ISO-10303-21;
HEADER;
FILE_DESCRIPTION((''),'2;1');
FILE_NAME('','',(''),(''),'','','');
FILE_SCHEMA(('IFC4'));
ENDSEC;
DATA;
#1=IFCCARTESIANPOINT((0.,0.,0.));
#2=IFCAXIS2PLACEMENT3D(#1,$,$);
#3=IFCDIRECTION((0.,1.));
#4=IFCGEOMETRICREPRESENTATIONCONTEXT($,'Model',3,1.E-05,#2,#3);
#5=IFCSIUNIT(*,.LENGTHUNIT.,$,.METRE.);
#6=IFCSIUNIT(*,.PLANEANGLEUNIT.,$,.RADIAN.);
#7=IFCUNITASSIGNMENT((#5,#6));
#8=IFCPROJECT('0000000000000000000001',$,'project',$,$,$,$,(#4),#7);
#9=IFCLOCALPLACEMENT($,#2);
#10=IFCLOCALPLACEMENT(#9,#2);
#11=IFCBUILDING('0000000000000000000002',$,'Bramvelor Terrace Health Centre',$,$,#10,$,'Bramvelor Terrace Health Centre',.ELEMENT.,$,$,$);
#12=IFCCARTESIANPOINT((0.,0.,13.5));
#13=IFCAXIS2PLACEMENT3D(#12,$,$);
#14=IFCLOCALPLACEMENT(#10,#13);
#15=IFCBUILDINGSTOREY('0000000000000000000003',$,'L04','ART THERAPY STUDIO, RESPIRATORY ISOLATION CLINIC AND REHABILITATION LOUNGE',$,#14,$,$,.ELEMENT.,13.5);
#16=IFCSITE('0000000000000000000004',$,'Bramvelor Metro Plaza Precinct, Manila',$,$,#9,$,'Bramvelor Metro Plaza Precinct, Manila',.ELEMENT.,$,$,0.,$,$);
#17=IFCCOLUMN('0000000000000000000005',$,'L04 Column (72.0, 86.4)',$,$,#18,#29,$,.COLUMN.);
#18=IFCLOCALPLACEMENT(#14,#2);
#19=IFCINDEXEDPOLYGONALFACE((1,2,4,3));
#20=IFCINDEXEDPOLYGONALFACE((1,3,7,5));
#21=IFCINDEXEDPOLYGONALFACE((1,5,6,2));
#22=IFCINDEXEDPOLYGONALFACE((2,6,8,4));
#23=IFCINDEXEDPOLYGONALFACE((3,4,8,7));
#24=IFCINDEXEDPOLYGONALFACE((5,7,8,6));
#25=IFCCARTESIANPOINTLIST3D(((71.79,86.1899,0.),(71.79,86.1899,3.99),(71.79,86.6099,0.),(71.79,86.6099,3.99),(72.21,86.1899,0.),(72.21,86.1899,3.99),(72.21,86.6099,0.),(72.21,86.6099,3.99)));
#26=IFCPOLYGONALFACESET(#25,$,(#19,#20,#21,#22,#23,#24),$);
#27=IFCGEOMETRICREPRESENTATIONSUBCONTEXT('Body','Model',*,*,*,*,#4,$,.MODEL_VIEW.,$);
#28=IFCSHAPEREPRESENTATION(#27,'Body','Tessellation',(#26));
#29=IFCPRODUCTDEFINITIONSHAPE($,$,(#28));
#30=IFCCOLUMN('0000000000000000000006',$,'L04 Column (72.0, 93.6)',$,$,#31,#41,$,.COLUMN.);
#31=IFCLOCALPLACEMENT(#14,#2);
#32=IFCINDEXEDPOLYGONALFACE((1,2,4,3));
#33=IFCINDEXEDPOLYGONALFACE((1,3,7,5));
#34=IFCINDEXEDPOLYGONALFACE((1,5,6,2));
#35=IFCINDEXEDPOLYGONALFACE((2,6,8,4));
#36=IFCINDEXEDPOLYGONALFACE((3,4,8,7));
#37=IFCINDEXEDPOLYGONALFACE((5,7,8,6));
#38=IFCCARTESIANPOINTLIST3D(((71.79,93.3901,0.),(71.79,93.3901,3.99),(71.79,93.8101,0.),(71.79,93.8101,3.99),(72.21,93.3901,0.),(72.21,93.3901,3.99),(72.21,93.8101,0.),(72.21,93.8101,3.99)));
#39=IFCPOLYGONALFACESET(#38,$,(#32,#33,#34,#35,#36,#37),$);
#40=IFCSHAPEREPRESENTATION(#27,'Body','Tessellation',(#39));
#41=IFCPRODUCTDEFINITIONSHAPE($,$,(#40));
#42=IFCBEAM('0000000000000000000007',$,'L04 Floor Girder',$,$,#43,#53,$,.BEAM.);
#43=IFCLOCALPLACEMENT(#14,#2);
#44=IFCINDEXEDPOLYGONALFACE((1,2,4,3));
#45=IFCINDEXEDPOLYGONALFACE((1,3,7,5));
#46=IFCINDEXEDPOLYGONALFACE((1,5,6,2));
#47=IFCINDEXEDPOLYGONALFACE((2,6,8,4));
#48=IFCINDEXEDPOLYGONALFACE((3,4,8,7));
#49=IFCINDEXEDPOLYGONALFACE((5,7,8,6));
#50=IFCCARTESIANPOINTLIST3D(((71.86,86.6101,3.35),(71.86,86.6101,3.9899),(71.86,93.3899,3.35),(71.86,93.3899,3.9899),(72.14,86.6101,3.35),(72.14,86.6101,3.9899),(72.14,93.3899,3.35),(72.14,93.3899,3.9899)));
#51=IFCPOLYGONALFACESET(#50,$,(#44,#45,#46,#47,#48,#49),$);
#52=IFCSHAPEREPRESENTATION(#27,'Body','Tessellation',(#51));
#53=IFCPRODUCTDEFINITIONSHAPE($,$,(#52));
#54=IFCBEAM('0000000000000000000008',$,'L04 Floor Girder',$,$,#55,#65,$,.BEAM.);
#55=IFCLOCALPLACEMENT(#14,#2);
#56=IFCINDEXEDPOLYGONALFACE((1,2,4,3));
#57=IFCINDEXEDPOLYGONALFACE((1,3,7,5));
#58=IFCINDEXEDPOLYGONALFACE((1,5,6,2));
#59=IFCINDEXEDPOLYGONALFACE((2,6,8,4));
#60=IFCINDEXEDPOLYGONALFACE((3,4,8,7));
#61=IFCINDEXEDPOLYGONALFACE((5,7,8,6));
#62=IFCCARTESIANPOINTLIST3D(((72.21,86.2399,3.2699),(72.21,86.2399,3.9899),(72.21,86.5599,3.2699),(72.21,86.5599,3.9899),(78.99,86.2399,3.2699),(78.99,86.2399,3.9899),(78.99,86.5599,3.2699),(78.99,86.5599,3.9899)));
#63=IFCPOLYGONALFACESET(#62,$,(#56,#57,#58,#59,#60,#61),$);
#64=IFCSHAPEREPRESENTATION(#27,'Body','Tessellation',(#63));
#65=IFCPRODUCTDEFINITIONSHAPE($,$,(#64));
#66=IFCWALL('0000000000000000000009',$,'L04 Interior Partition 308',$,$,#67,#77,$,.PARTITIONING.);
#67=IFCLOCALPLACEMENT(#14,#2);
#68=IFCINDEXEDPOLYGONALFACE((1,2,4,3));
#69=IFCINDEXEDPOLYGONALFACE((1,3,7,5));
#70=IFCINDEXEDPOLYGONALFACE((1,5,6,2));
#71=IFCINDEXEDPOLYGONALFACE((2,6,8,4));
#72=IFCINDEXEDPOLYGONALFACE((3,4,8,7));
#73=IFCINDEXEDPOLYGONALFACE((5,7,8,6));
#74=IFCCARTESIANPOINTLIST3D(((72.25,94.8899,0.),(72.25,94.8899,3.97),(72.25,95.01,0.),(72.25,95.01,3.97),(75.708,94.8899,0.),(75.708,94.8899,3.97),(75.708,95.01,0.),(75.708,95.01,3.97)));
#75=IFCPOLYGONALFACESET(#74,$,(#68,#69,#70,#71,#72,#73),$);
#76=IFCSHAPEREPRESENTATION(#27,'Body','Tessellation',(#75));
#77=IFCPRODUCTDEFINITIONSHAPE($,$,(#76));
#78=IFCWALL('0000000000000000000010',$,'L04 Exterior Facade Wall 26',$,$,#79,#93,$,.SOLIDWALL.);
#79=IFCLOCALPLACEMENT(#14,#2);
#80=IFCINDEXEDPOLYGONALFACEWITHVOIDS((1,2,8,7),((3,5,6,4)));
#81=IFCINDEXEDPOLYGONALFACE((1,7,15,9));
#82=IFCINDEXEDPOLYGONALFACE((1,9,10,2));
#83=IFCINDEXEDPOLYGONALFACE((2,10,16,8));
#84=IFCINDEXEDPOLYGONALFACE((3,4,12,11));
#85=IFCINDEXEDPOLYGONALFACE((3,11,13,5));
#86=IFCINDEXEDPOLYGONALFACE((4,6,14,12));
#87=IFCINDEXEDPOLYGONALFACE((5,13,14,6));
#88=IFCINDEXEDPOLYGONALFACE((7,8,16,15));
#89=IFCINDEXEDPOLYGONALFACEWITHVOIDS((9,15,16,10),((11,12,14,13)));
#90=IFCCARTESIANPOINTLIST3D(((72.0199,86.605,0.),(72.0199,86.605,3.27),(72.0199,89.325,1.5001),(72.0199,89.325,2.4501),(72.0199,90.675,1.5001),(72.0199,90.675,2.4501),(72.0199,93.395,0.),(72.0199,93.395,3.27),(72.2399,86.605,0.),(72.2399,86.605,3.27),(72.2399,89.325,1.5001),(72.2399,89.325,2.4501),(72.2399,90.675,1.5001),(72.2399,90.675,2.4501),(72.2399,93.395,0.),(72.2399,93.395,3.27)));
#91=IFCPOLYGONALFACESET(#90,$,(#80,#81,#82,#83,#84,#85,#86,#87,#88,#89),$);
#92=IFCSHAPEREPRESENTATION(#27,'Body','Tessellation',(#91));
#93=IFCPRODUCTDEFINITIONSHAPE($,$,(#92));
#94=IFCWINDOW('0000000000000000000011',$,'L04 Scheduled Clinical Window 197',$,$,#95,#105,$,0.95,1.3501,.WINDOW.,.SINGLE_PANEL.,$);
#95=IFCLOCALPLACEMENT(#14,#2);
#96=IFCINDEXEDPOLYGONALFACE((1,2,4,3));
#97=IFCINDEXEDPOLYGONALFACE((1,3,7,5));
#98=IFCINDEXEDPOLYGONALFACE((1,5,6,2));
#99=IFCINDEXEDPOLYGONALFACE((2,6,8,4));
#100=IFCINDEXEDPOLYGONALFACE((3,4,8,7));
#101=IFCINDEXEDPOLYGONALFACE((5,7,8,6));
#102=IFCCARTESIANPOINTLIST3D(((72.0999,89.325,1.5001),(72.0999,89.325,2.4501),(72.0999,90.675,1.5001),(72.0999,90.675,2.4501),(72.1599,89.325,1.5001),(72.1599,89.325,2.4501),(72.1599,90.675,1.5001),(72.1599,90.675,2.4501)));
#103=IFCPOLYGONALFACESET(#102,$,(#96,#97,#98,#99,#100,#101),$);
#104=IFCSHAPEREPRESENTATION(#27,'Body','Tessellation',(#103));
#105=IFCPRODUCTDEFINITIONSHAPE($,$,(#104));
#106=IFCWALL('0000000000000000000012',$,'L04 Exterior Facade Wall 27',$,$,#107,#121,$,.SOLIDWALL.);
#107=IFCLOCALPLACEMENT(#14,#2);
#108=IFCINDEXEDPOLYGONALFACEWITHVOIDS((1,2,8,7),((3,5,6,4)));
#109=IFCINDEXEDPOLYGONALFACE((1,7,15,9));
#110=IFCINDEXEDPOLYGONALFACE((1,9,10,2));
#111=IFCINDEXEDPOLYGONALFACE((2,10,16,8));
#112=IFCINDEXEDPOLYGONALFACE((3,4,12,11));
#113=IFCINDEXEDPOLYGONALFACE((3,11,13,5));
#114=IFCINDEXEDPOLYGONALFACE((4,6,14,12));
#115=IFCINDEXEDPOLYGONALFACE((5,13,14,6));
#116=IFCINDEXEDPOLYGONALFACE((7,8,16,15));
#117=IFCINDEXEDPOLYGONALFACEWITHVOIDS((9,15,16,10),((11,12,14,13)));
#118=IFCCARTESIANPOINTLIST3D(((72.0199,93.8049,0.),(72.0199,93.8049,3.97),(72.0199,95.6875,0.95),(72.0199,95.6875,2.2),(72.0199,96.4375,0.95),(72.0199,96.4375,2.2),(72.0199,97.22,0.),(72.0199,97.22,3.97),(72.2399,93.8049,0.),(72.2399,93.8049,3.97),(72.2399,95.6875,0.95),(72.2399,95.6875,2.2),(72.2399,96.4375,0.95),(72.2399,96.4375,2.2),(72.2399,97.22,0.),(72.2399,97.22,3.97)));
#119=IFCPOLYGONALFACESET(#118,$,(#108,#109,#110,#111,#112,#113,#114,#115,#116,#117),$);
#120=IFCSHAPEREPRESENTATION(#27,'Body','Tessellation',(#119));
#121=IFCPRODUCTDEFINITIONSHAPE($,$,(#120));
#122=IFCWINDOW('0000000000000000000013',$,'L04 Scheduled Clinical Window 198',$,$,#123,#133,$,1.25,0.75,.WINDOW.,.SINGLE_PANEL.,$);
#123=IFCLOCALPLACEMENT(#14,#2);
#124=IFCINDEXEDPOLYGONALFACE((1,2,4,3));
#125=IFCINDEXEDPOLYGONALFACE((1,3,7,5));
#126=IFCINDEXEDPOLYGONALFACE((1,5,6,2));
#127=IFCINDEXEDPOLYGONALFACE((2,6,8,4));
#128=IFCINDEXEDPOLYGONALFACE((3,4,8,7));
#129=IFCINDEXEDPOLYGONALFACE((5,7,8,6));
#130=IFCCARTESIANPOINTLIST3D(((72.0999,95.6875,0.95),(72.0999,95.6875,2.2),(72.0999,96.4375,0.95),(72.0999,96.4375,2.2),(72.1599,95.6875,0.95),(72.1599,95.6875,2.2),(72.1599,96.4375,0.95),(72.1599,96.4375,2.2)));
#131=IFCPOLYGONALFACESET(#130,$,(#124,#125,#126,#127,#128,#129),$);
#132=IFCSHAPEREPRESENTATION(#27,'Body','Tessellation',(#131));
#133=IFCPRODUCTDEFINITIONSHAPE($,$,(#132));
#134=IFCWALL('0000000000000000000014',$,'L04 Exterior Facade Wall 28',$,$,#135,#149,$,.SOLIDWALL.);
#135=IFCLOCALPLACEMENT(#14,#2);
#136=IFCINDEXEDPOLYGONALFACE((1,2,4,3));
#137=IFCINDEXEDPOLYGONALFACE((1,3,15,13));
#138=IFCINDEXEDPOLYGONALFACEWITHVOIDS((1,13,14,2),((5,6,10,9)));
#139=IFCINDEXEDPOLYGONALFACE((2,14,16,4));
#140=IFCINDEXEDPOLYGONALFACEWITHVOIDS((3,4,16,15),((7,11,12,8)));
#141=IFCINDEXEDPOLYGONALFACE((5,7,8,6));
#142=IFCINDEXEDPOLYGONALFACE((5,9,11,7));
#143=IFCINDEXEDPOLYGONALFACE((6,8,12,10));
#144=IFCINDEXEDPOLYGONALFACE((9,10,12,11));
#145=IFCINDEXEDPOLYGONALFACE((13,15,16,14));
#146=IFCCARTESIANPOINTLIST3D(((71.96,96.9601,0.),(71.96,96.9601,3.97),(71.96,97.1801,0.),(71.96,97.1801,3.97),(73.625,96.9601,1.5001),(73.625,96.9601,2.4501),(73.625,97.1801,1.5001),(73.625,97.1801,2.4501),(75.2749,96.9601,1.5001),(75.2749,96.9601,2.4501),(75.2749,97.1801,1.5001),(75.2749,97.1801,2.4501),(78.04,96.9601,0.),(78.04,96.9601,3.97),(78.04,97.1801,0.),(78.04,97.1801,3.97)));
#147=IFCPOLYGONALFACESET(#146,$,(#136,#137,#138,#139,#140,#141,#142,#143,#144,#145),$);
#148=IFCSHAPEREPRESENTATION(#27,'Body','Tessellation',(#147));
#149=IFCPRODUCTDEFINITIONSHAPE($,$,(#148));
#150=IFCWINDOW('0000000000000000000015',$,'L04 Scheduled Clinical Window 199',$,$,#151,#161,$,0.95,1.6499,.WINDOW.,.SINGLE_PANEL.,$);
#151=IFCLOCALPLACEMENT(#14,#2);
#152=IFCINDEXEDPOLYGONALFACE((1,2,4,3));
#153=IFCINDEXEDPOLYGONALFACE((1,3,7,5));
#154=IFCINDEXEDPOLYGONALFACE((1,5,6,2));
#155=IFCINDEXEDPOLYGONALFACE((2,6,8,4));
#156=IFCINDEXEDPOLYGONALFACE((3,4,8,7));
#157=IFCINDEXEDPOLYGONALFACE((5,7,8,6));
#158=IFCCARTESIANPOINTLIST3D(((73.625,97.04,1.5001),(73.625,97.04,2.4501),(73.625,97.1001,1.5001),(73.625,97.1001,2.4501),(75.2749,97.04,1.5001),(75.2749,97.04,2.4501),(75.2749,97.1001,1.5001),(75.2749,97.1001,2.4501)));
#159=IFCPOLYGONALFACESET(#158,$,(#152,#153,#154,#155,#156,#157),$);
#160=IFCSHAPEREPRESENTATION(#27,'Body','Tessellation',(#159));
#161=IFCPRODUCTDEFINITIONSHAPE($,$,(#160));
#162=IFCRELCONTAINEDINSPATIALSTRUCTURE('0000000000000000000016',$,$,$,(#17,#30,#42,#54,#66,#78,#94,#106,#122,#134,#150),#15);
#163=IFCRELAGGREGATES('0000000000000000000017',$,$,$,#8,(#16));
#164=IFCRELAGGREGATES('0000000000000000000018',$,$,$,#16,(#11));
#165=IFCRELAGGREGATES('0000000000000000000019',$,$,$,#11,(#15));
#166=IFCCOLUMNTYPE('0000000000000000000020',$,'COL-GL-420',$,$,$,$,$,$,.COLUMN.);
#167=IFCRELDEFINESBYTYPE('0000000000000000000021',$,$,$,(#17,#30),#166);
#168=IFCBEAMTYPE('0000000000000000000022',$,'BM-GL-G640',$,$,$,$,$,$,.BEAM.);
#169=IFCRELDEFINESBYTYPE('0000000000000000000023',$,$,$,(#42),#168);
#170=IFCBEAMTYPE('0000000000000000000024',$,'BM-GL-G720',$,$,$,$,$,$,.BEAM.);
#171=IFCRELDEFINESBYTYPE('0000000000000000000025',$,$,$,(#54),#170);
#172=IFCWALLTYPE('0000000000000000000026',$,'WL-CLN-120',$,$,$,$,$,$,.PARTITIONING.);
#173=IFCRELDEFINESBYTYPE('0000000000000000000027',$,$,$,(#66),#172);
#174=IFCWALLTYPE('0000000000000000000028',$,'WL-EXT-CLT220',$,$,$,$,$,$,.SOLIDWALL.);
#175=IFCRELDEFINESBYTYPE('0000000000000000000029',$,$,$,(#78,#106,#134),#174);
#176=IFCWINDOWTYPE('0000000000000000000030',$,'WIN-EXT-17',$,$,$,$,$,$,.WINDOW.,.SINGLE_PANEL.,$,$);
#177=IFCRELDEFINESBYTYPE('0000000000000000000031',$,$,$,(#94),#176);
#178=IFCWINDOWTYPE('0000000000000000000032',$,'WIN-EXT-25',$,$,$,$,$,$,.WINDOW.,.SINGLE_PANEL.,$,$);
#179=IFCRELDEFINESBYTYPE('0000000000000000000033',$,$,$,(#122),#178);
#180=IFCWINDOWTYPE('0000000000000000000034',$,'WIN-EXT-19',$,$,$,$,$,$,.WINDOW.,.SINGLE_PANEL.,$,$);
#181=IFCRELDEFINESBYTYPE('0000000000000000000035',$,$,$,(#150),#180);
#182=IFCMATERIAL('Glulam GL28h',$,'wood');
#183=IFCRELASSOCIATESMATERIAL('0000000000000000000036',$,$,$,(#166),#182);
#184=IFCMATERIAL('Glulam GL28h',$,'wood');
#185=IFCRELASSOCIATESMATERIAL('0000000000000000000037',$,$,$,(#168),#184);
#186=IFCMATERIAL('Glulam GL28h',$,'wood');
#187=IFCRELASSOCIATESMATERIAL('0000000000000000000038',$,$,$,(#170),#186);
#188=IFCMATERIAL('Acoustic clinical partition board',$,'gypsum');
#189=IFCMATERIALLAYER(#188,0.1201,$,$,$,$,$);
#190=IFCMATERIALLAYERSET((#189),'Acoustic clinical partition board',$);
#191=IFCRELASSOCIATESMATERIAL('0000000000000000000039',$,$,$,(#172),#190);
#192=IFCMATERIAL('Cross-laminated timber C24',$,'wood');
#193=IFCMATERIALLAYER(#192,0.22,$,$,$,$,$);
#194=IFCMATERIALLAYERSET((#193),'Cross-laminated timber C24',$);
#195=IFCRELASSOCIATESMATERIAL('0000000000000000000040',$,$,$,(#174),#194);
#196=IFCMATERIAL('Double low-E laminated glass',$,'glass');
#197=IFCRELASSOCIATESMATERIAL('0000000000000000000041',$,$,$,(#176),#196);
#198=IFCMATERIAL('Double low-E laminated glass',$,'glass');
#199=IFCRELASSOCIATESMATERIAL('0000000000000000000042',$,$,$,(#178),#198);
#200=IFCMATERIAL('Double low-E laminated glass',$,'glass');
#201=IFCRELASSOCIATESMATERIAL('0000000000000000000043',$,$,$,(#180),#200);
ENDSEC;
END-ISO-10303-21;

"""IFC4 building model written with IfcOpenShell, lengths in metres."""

from ifc_helpers import new_model, si_unit, direction, frame, frame_2d, origin, origin_2d, place, context, subcontext, project, spatial, rectangle, extrude, material, layer, layer_set, material_profile, profile_set, type_object, element, fill, save


model = new_model("IFC4")

# Units and contexts
model_context = context("Model", 3, precision=1e-05, world=origin(), true_north=direction((0.0, 1.0)))
body_context = subcontext(model_context, "Body", "Model", "MODEL_VIEW")
ifc_project = project(units=[si_unit("LENGTHUNIT", "METRE"), si_unit("PLANEANGLEUNIT", "RADIAN")], contexts=[model_context])

# Site, building, storey
site_placement = place(None, origin())
site = spatial("IfcSite", under=ifc_project, at=site_placement, Name="Bramvelor Metro Plaza Precinct, Manila", LongName="Bramvelor Metro Plaza Precinct, Manila", CompositionType="ELEMENT", RefElevation=0.0)
building_placement = place(site_placement, origin())
building = spatial("IfcBuilding", under=site, at=building_placement, Name="Bramvelor Terrace Health Centre", LongName="Bramvelor Terrace Health Centre", CompositionType="ELEMENT")
storey_placement = place(building_placement, frame((0.0, 0.0, 13.5)))
storey = spatial("IfcBuildingStorey", under=building, at=storey_placement, Name="L04", Description="ART THERAPY STUDIO, RESPIRATORY ISOLATION CLINIC AND REHABILITATION LOUNGE", CompositionType="ELEMENT", Elevation=13.5)

# Columns
ifc_material_1 = material(Name="Glulam GL28h", Category="wood")
ifc_material_profile_1 = material_profile(ifc_material_1, rectangle(XDim=0.4199, YDim=0.4199, at=origin_2d()), Name="GL 420x420")
ifc_profile_set_1 = profile_set([ifc_material_profile_1], Name="Glulam GL28h")
column_type = type_object("IfcColumnType", Name="COL-GL-420", PredefinedType="COLUMN", material=ifc_profile_set_1)
for number, where, z_axis, x_axis, name in (
    (1, (72.0, 86.3999, 0.0), (0.0, 0.0, 1.0), (1.0, 0.0, 0.0), "L04 Column (72.0, 86.4)"),
    (2, (72.0, 93.6001, 0.0), (0.0, 0.0, 1.0), (1.0, 0.0, 0.0), "L04 Column (72.0, 93.6)"),
):
    element("IfcColumn", number, at=place(storey_placement, frame(where, z_axis=z_axis, x_axis=x_axis)), inside=storey, type_object=column_type, Name=name, PredefinedType="COLUMN", context=body_context, shape_type="SweptSolid", body=[
        extrude(rectangle(XDim=0.4199, YDim=0.4199, at=origin_2d()), origin(), (0.0, 0.0, 1.0), 3.99),
    ])

# Beams
ifc_material_2 = material(Name="Glulam GL28h", Category="wood")
ifc_material_profile_2 = material_profile(ifc_material_2, rectangle(XDim=0.28, YDim=0.6399, at=origin_2d()), Name="GL 280x640")
ifc_profile_set_2 = profile_set([ifc_material_profile_2], Name="Glulam GL28h")
beam_type_1 = type_object("IfcBeamType", Name="BM-GL-G640", PredefinedType="BEAM", material=ifc_profile_set_2)
beam_1_placement = place(storey_placement, frame((72.0, 86.6101, 3.6699), z_axis=(0.0, 1.0, 0.0), x_axis=(-1.0, 0.0, 0.0)))
element("IfcBeam", 3, at=beam_1_placement, inside=storey, type_object=beam_type_1, Name="L04 Floor Girder", PredefinedType="BEAM", context=body_context, shape_type="SweptSolid", body=[
    extrude(rectangle(XDim=0.28, YDim=0.6399, at=origin_2d()), origin(), (0.0, 0.0, 1.0), 6.7798),
])
ifc_material_3 = material(Name="Glulam GL28h", Category="wood")
ifc_material_profile_3 = material_profile(ifc_material_3, rectangle(XDim=0.3201, YDim=0.72, at=origin_2d()), Name="GL 320x720")
ifc_profile_set_3 = profile_set([ifc_material_profile_3], Name="Glulam GL28h")
beam_type_2 = type_object("IfcBeamType", Name="BM-GL-G720", PredefinedType="BEAM", material=ifc_profile_set_3)
beam_2_placement = place(storey_placement, frame((72.21, 86.3999, 3.6299), z_axis=(1.0, 0.0, 0.0), x_axis=(0.0, 1.0, 0.0)))
element("IfcBeam", 4, at=beam_2_placement, inside=storey, type_object=beam_type_2, Name="L04 Floor Girder", PredefinedType="BEAM", context=body_context, shape_type="SweptSolid", body=[
    extrude(rectangle(XDim=0.3201, YDim=0.72, at=origin_2d()), origin(), (0.0, 0.0, 1.0), 6.78),
])

# Wall
ifc_material_4 = material(Name="Acoustic clinical partition board", Category="gypsum")
ifc_layer_1 = layer(ifc_material_4, 0.1201)
ifc_layer_set_1 = layer_set([ifc_layer_1], Name="Acoustic clinical partition board")
wall_type_1 = type_object("IfcWallType", Name="WL-CLN-120", PredefinedType="PARTITIONING", material=ifc_layer_set_1)
wall_1_placement = place(storey_placement, frame((72.25, 94.95, 0.0), z_axis=(0.0, 0.0, 1.0), x_axis=(1.0, 0.0, 0.0)))
element("IfcWall", 5, at=wall_1_placement, inside=storey, type_object=wall_type_1, Name="L04 Interior Partition 308", PredefinedType="PARTITIONING", context=body_context, shape_type="SweptSolid", body=[
    extrude(rectangle(XDim=3.458, YDim=0.1201, at=frame_2d((1.729, 0.0))), origin(), (0.0, 0.0, 1.0), 3.97),
])

# Walls, openings, windows
ifc_material_5 = material(Name="Cross-laminated timber C24", Category="wood")
ifc_layer_2 = layer(ifc_material_5, 0.22)
ifc_layer_set_2 = layer_set([ifc_layer_2], Name="Cross-laminated timber C24")
wall_type_2 = type_object("IfcWallType", Name="WL-EXT-CLT220", PredefinedType="SOLIDWALL", material=ifc_layer_set_2)
wall_2_placement = place(storey_placement, frame((72.1299, 86.605, 0.0), z_axis=(0.0, 0.0, 1.0), x_axis=(0.0, 1.0, 0.0)))
wall_2 = element("IfcWall", 6, at=wall_2_placement, inside=storey, type_object=wall_type_2, Name="L04 Exterior Facade Wall 26", PredefinedType="SOLIDWALL", context=body_context, shape_type="SweptSolid", body=[
    extrude(rectangle(XDim=6.79, YDim=0.22, at=frame_2d((3.395, 0.0))), origin(), (0.0, 0.0, 1.0), 3.27),
])
opening_1_placement = place(wall_2_placement, frame((2.72, 0.0, 1.5)))
opening_1 = element("IfcOpeningElement", 7, at=opening_1_placement, cuts=wall_2, PredefinedType="OPENING", context=body_context, shape_type="SweptSolid", body=[
    extrude(rectangle(XDim=1.3501, YDim=0.95, at=frame_2d((0.675, 0.4751))), frame((0.0, 0.1199, 0.0), z_axis=(0.0, -1.0, 0.0), x_axis=(1.0, 0.0, 0.0)), (0.0, 0.0, 1.0), 0.24),
])
ifc_material_6 = material(Name="Double low-E laminated glass", Category="glass")
window_type_1 = type_object("IfcWindowType", Name="WIN-EXT-17", PartitioningType="SINGLE_PANEL", PredefinedType="WINDOW", material=ifc_material_6)
window_1_placement = place(opening_1_placement, origin())
window_1 = element("IfcWindow", 8, at=window_1_placement, inside=storey, type_object=window_type_1, Name="L04 Scheduled Clinical Window 197", OverallHeight=0.95, OverallWidth=1.3501, PartitioningType="SINGLE_PANEL", PredefinedType="WINDOW", context=body_context, shape_type="SweptSolid", body=[
    extrude(rectangle(XDim=1.3501, YDim=0.95, at=frame_2d((0.675, 0.4751))), frame((0.0, 0.03, 0.0), z_axis=(0.0, -1.0, 0.0), x_axis=(1.0, 0.0, 0.0)), (0.0, 0.0, 1.0), 0.0601),
])
fill(opening_1, window_1)
wall_3_placement = place(storey_placement, frame((72.1299, 93.8049, 0.0), z_axis=(0.0, 0.0, 1.0), x_axis=(0.0, 1.0, 0.0)))
wall_3 = element("IfcWall", 9, at=wall_3_placement, inside=storey, type_object=wall_type_2, Name="L04 Exterior Facade Wall 27", PredefinedType="SOLIDWALL", context=body_context, shape_type="SweptSolid", body=[
    extrude(rectangle(XDim=3.415, YDim=0.22, at=frame_2d((1.7075, 0.0))), origin(), (0.0, 0.0, 1.0), 3.97),
])
opening_2_placement = place(wall_3_placement, frame((1.8826, 0.0, 0.95)))
opening_2 = element("IfcOpeningElement", 10, at=opening_2_placement, cuts=wall_3, PredefinedType="OPENING", context=body_context, shape_type="SweptSolid", body=[
    extrude(rectangle(XDim=0.75, YDim=1.25, at=frame_2d((0.375, 0.625))), frame((0.0, 0.1199, 0.0), z_axis=(0.0, -1.0, 0.0), x_axis=(1.0, 0.0, 0.0)), (0.0, 0.0, 1.0), 0.24),
])
ifc_material_7 = material(Name="Double low-E laminated glass", Category="glass")
window_type_2 = type_object("IfcWindowType", Name="WIN-EXT-25", PartitioningType="SINGLE_PANEL", PredefinedType="WINDOW", material=ifc_material_7)
window_2_placement = place(opening_2_placement, origin())
window_2 = element("IfcWindow", 11, at=window_2_placement, inside=storey, type_object=window_type_2, Name="L04 Scheduled Clinical Window 198", OverallHeight=1.25, OverallWidth=0.75, PartitioningType="SINGLE_PANEL", PredefinedType="WINDOW", context=body_context, shape_type="SweptSolid", body=[
    extrude(rectangle(XDim=0.75, YDim=1.25, at=frame_2d((0.375, 0.625))), frame((0.0, 0.03, 0.0), z_axis=(0.0, -1.0, 0.0), x_axis=(1.0, 0.0, 0.0)), (0.0, 0.0, 1.0), 0.0601),
])
fill(opening_2, window_2)
wall_4_placement = place(storey_placement, frame((71.96, 97.0701, 0.0), z_axis=(0.0, 0.0, 1.0), x_axis=(1.0, 0.0, 0.0)))
wall_4 = element("IfcWall", 12, at=wall_4_placement, inside=storey, type_object=wall_type_2, Name="L04 Exterior Facade Wall 28", PredefinedType="SOLIDWALL", context=body_context, shape_type="SweptSolid", body=[
    extrude(rectangle(XDim=6.0801, YDim=0.22, at=frame_2d((3.04, 0.0))), origin(), (0.0, 0.0, 1.0), 3.97),
])
opening_3_placement = place(wall_4_placement, frame((1.665, 0.0, 1.5)))
opening_3 = element("IfcOpeningElement", 13, at=opening_3_placement, cuts=wall_4, PredefinedType="OPENING", context=body_context, shape_type="SweptSolid", body=[
    extrude(rectangle(XDim=1.6499, YDim=0.95, at=frame_2d((0.825, 0.4751))), frame((0.0, 0.1199, 0.0), z_axis=(0.0, -1.0, 0.0), x_axis=(1.0, 0.0, 0.0)), (0.0, 0.0, 1.0), 0.24),
])
ifc_material_8 = material(Name="Double low-E laminated glass", Category="glass")
window_type_3 = type_object("IfcWindowType", Name="WIN-EXT-19", PartitioningType="SINGLE_PANEL", PredefinedType="WINDOW", material=ifc_material_8)
window_3_placement = place(opening_3_placement, origin())
window_3 = element("IfcWindow", 14, at=window_3_placement, inside=storey, type_object=window_type_3, Name="L04 Scheduled Clinical Window 199", OverallHeight=0.95, OverallWidth=1.6499, PartitioningType="SINGLE_PANEL", PredefinedType="WINDOW", context=body_context, shape_type="SweptSolid", body=[
    extrude(rectangle(XDim=1.6499, YDim=0.95, at=frame_2d((0.825, 0.4751))), frame((0.0, 0.03, 0.0), z_axis=(0.0, -1.0, 0.0), x_axis=(1.0, 0.0, 0.0)), (0.0, 0.0, 1.0), 0.0601),
])
fill(opening_3, window_3)

save(model, "model.ifc")
